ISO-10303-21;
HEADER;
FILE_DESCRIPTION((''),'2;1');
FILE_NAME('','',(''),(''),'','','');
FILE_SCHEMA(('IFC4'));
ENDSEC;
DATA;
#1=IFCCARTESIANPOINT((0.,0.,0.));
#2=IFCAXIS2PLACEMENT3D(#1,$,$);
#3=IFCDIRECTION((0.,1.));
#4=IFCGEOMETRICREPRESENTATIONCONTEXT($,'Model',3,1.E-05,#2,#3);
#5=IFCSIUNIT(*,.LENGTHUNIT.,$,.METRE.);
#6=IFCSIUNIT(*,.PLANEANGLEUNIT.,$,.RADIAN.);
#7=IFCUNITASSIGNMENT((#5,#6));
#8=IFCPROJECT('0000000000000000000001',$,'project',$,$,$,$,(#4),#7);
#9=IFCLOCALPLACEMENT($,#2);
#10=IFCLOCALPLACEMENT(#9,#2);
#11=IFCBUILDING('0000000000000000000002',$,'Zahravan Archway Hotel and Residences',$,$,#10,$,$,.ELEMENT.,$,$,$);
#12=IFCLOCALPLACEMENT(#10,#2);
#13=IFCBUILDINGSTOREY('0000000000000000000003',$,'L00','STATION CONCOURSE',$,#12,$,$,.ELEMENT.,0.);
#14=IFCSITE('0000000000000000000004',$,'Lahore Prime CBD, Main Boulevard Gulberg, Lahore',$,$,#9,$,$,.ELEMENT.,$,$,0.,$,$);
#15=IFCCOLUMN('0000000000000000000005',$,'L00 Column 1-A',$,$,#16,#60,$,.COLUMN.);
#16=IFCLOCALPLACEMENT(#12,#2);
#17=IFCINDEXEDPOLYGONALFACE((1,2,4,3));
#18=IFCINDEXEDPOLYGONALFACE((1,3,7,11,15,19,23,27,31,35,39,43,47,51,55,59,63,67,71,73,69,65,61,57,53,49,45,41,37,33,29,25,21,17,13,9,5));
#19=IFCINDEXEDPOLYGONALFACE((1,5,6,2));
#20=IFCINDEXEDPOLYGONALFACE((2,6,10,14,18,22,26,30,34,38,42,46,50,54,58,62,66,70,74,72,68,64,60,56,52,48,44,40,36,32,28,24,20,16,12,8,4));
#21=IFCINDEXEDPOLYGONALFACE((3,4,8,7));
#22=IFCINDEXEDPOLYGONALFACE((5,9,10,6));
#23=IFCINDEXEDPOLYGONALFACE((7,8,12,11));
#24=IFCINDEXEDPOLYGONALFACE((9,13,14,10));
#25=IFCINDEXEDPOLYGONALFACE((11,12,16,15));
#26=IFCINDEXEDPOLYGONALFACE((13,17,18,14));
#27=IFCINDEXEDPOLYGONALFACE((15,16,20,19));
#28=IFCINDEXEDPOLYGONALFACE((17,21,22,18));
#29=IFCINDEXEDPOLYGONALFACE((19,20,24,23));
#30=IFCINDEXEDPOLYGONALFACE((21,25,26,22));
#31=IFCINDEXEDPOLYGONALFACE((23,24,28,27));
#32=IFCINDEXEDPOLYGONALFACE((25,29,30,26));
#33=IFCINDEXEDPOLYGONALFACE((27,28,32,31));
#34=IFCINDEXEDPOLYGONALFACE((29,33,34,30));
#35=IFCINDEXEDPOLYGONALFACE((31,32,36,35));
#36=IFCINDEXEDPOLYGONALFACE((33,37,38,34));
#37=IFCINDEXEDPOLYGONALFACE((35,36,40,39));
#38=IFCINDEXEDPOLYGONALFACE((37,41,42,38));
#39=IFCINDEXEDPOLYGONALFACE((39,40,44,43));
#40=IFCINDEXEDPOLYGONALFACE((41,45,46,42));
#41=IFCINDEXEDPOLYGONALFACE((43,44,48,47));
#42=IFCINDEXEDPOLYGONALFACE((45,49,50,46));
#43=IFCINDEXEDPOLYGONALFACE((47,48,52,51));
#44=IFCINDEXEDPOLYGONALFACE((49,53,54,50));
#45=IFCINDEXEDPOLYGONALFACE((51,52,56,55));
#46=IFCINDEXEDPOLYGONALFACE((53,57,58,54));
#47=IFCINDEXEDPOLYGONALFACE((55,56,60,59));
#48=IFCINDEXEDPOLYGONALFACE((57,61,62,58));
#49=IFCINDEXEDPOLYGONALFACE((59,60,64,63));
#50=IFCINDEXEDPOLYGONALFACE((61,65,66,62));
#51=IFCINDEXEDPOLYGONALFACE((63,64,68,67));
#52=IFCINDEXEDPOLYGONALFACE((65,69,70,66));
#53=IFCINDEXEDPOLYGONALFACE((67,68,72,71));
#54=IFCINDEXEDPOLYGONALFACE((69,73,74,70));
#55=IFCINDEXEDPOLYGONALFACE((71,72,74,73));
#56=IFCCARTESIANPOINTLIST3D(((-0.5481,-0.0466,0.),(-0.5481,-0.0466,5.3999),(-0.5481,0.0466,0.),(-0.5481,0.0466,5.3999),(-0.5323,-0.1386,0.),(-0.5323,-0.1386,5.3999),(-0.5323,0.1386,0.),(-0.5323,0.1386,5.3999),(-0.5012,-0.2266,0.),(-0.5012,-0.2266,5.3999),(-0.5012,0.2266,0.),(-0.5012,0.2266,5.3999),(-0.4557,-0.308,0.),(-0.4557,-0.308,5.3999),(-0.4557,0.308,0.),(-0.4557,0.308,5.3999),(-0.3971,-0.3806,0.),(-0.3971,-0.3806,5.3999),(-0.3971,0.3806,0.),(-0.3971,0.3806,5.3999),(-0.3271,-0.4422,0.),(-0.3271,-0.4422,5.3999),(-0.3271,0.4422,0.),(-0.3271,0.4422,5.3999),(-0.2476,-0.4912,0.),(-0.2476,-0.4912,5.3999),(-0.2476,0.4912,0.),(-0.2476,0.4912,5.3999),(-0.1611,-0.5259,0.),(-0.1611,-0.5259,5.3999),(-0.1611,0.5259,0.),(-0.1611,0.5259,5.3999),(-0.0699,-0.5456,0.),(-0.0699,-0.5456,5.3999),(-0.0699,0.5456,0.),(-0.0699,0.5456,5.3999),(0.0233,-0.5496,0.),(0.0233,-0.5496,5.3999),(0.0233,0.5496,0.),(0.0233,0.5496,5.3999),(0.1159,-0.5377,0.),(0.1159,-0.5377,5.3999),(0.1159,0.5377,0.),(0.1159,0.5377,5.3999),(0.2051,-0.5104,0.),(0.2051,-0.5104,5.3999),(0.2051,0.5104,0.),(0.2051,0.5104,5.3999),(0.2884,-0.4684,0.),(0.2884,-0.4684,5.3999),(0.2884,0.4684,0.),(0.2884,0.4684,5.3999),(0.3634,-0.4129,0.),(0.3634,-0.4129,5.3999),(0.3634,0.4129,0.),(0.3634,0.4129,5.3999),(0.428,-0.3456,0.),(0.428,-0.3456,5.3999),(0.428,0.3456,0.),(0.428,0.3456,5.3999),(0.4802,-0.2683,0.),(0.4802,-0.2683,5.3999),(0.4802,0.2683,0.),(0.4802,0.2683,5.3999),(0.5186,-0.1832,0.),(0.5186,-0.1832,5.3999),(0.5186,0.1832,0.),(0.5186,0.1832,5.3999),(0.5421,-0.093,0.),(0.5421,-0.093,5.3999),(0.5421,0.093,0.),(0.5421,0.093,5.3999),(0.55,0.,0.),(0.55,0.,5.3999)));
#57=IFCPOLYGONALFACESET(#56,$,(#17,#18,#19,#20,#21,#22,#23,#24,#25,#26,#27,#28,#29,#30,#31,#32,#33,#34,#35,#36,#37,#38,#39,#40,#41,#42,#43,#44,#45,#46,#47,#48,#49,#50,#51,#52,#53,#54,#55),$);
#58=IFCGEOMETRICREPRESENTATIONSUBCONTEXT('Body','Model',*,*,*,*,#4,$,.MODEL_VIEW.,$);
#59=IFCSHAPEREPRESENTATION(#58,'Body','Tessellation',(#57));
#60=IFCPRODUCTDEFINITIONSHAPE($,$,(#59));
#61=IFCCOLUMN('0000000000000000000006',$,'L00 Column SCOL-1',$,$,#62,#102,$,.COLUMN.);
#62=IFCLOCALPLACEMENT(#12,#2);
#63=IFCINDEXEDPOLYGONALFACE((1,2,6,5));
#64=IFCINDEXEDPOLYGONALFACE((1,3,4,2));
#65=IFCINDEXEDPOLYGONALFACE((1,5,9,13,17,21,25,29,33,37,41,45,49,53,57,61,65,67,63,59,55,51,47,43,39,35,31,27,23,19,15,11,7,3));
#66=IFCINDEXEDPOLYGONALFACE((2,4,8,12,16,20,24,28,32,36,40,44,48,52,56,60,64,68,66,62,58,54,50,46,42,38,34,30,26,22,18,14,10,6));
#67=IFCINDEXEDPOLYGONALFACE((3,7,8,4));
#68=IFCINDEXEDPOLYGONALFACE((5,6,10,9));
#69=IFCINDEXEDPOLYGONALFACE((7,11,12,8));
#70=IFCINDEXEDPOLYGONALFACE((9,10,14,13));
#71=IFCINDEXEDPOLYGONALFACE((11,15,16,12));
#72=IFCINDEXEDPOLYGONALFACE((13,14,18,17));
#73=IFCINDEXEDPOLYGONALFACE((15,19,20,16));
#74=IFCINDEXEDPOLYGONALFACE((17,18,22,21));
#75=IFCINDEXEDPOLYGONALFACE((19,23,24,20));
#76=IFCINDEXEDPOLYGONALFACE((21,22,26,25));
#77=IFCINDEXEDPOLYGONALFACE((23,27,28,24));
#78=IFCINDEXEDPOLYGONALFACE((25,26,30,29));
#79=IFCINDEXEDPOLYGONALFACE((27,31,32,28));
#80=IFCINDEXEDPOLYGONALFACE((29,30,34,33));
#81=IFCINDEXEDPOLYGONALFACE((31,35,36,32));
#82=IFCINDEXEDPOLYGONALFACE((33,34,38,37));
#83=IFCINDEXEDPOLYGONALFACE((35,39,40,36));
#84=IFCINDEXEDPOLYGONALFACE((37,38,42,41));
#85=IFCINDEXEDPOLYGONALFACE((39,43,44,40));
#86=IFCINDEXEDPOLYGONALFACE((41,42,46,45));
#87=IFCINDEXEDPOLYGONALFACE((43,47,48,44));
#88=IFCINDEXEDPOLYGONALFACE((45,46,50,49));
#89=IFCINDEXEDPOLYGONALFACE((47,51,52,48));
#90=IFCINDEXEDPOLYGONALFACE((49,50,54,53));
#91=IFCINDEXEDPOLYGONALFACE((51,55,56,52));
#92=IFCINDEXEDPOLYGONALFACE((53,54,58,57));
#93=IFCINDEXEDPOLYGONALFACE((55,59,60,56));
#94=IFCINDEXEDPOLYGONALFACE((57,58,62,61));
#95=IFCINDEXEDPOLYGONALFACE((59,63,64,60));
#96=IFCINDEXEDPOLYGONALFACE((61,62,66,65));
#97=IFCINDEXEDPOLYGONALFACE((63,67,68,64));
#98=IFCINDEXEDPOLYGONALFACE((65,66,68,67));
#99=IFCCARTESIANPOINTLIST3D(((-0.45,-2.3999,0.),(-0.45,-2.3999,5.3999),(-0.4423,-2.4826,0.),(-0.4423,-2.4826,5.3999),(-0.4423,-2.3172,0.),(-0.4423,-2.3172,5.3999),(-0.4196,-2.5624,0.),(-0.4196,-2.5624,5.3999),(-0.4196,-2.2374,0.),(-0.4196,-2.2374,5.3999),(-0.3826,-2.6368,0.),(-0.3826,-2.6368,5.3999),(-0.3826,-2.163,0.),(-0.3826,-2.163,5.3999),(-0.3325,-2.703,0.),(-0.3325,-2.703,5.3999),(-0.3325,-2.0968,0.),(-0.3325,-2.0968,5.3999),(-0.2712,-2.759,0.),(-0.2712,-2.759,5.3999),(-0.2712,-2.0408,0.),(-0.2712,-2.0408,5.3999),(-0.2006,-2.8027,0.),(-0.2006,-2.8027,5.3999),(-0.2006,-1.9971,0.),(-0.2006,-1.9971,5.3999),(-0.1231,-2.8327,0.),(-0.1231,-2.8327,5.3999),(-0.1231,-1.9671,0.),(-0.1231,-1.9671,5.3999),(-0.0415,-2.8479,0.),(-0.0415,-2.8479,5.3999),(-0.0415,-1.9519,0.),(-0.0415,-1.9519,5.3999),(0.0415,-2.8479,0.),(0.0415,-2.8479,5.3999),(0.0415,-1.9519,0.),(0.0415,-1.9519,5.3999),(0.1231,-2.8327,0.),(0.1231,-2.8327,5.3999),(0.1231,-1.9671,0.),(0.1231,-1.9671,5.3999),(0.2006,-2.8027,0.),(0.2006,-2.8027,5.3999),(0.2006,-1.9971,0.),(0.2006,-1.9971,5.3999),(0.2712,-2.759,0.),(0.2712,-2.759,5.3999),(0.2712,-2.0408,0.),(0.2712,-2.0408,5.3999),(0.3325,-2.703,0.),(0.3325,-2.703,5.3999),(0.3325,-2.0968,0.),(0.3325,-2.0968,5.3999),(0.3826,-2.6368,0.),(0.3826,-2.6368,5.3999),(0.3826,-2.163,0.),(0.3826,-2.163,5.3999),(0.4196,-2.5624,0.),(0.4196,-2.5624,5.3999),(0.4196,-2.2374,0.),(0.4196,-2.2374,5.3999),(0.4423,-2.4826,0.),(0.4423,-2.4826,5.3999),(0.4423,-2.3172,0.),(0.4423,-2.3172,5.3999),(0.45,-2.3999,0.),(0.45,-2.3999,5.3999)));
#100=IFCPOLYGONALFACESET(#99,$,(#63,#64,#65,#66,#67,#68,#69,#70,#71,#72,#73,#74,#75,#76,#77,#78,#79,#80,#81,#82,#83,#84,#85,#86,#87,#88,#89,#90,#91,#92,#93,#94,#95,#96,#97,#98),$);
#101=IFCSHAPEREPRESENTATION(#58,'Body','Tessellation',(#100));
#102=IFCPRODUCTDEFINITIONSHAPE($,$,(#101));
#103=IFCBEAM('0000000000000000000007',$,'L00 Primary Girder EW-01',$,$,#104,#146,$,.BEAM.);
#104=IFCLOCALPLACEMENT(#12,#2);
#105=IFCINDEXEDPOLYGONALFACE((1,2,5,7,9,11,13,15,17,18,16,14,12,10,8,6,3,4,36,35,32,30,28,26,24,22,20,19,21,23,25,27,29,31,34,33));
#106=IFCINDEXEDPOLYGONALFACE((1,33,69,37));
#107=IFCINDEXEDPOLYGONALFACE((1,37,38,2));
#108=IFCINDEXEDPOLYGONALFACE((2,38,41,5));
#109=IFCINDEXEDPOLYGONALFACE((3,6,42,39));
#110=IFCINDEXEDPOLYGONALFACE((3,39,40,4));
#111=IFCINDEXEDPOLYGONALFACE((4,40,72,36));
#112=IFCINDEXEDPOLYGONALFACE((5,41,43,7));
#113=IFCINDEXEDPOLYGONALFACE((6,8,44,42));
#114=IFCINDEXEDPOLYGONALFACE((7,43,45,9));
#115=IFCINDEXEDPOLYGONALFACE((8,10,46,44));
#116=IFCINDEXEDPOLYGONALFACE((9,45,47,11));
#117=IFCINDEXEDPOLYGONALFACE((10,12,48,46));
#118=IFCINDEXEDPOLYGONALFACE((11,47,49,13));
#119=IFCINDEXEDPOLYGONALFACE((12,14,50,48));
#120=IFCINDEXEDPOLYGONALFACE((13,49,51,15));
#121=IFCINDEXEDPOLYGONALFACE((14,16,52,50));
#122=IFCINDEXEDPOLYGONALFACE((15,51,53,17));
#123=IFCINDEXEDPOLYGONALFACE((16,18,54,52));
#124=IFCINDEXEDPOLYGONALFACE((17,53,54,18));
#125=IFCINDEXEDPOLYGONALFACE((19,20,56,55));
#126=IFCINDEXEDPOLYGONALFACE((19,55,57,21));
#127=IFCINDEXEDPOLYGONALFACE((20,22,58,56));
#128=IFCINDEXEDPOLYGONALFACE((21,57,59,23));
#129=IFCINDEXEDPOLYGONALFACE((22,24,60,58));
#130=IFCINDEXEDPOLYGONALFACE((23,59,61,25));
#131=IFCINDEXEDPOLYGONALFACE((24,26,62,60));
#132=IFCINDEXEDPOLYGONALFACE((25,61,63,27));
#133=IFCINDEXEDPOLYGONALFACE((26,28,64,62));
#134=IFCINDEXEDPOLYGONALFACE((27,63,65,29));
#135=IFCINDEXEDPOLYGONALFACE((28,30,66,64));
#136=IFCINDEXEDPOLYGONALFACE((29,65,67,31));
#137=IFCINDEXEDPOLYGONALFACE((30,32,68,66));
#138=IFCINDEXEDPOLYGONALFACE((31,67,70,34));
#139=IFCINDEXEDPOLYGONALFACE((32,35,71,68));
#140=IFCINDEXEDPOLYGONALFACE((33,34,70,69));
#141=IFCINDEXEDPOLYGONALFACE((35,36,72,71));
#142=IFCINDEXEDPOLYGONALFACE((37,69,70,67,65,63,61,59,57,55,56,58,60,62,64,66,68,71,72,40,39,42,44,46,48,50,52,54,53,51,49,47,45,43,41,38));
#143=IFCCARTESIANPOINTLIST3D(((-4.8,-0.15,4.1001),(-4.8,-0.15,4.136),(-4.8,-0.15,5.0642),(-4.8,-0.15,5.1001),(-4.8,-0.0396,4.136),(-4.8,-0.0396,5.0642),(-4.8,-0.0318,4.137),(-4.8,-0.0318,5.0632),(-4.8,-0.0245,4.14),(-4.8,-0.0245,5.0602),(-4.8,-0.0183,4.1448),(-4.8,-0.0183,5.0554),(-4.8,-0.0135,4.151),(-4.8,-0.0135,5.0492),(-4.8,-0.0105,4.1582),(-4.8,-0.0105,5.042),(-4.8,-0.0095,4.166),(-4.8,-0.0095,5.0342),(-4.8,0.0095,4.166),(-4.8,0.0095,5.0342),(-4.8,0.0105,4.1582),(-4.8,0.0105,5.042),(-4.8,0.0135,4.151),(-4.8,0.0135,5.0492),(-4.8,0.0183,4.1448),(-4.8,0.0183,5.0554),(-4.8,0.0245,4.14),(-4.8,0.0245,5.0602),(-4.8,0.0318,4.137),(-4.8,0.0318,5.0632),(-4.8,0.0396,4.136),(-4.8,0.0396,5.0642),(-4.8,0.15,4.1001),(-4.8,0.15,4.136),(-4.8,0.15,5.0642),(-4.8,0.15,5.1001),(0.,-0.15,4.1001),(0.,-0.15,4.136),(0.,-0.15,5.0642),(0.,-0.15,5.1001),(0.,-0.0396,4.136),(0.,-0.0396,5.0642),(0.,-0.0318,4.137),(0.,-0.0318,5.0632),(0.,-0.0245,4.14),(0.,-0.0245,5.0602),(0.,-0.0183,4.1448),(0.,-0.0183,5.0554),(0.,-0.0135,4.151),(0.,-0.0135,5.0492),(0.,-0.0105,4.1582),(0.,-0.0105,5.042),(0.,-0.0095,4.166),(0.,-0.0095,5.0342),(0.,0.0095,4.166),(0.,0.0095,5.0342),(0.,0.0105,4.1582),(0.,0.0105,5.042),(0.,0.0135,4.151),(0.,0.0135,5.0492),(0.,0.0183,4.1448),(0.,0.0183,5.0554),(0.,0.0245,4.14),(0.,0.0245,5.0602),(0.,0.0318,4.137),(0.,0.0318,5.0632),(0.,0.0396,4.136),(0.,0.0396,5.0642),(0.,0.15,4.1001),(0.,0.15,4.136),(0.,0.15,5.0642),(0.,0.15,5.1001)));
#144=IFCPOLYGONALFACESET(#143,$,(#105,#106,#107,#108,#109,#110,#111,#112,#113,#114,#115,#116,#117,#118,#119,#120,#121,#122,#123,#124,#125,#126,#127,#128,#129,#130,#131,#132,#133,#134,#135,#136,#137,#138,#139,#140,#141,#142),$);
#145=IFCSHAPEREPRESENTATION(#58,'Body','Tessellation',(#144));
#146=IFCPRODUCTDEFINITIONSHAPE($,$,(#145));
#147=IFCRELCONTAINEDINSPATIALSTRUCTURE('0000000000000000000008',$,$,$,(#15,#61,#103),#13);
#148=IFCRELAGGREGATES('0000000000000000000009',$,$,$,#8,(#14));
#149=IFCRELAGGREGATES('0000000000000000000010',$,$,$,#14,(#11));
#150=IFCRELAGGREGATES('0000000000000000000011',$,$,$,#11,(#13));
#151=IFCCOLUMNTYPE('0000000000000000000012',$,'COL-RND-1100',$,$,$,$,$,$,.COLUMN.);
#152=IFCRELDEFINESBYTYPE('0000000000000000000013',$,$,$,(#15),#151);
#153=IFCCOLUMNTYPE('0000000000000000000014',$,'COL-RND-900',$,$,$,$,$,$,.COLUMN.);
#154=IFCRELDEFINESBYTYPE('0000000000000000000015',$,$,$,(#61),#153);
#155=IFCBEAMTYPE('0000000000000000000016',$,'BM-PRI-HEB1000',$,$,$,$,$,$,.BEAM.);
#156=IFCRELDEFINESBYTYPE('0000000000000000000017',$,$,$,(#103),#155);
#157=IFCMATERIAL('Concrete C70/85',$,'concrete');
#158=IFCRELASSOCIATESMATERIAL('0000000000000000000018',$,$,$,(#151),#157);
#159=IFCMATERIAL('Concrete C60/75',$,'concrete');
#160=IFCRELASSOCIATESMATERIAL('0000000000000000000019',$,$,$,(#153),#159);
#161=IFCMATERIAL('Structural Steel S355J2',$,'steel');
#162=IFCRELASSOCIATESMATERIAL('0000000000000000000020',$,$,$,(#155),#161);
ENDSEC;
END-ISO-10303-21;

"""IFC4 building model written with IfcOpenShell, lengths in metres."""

from ifc_helpers import new_model, si_unit, direction, frame, origin, origin_2d, place, context, subcontext, project, spatial, circle, i_section, extrude, source, transform, mapped, material, material_profile, profile_set, type_object, type_shapes, element, save


model = new_model("IFC4")

# Units and contexts
model_context = context("Model", 3, precision=1e-05, world=origin(), true_north=direction((0.0, 1.0)))
body_context = subcontext(model_context, "Body", "Model", "MODEL_VIEW")
ifc_project = project(units=[si_unit("LENGTHUNIT", "METRE"), si_unit("PLANEANGLEUNIT", "RADIAN")], contexts=[model_context])

# Site, building, storey
site_placement = place(None, origin())
site = spatial("IfcSite", under=ifc_project, at=site_placement, Name="Lahore Prime CBD, Main Boulevard Gulberg, Lahore", CompositionType="ELEMENT", RefElevation=0.0)
building_placement = place(site_placement, origin())
building = spatial("IfcBuilding", under=site, at=building_placement, Name="Zahravan Archway Hotel and Residences", CompositionType="ELEMENT")
storey_placement = place(building_placement, origin())
storey = spatial("IfcBuildingStorey", under=building, at=storey_placement, Name="L00", Description="STATION CONCOURSE", CompositionType="ELEMENT", Elevation=0.0)

# Columns
ifc_material_1 = material(Name="Concrete C70/85", Category="concrete")
ifc_material_profile_1 = material_profile(ifc_material_1, circle(Radius=0.55, at=origin_2d()), Name="RC-CIRC-1100", Category="concrete")
ifc_profile_set_1 = profile_set([ifc_material_profile_1], Name="Concrete C70/85")
column_type_1 = type_object("IfcColumnType", Name="COL-RND-1100", PredefinedType="COLUMN", material=ifc_profile_set_1)
shared_shape_1 = source(origin(), body_context, "Body", "SweptSolid", [
    extrude(circle(Radius=0.55, at=origin_2d()), origin(), (0.0, 0.0, 1.0), 5.3999),
])
type_shapes(column_type_1, [shared_shape_1])
for number, where, z_axis, x_axis, name in (
    (1, (0.0, 0.0, 0.0), (0.0, 0.0, 1.0), (1.0, 0.0, 0.0), "L00 Column 1-A"),
):
    element("IfcColumn", number, at=place(storey_placement, frame(where, z_axis=z_axis, x_axis=x_axis)), inside=storey, type_object=column_type_1, Name=name, PredefinedType="COLUMN", context=body_context, shape_type="MappedRepresentation", body=[
        mapped(shared_shape_1, transform((0.0, 0.0, 0.0), scale=1.0)),
    ])
ifc_material_2 = material(Name="Concrete C60/75", Category="concrete")
ifc_material_profile_2 = material_profile(ifc_material_2, circle(Radius=0.45, at=origin_2d()), Name="RC-CIRC-900", Category="concrete")
ifc_profile_set_2 = profile_set([ifc_material_profile_2], Name="Concrete C60/75")
column_type_2 = type_object("IfcColumnType", Name="COL-RND-900", PredefinedType="COLUMN", material=ifc_profile_set_2)
shared_shape_2 = source(origin(), body_context, "Body", "SweptSolid", [
    extrude(circle(Radius=0.45, at=origin_2d()), origin(), (0.0, 0.0, 1.0), 5.3999),
])
type_shapes(column_type_2, [shared_shape_2])
column_placement = place(storey_placement, frame((0.0, -2.3999, 0.0), z_axis=(0.0, 0.0, 1.0), x_axis=(1.0, 0.0, 0.0)))
element("IfcColumn", 2, at=column_placement, inside=storey, type_object=column_type_2, Name="L00 Column SCOL-1", PredefinedType="COLUMN", context=body_context, shape_type="MappedRepresentation", body=[
    mapped(shared_shape_2, transform((0.0, 0.0, 0.0), scale=1.0)),
])

# Beam
ifc_material_3 = material(Name="Structural Steel S355J2", Category="steel")
ifc_material_profile_3 = material_profile(ifc_material_3, i_section(OverallWidth=0.3, OverallDepth=1.0, WebThickness=0.019, FlangeThickness=0.0359, FilletRadius=0.03, at=origin_2d()), Name="HEB 1000", Category="steel")
ifc_profile_set_3 = profile_set([ifc_material_profile_3], Name="Structural Steel S355J2")
beam_type_1 = type_object("IfcBeamType", Name="BM-PRI-HEB1000", PredefinedType="BEAM", material=ifc_profile_set_3)
shared_shape_3 = source(origin(), body_context, "Body", "SweptSolid", [
    extrude(i_section(OverallWidth=0.3, OverallDepth=1.0, WebThickness=0.019, FlangeThickness=0.0359, FilletRadius=0.03, at=origin_2d()), origin(), (0.0, 0.0, 1.0), 4.8),
])
type_shapes(beam_type_1, [shared_shape_3])
beam_1_placement = place(storey_placement, frame((-4.8, 0.0, 4.6001), z_axis=(1.0, 0.0, 0.0), x_axis=(0.0, 1.0, 0.0)))
element("IfcBeam", 3, at=beam_1_placement, inside=storey, type_object=beam_type_1, Name="L00 Primary Girder EW-01", PredefinedType="BEAM", context=body_context, shape_type="MappedRepresentation", body=[
    mapped(shared_shape_3, transform((0.0, 0.0, 0.0), scale=1.0)),
])

save(model, "model.ifc")
